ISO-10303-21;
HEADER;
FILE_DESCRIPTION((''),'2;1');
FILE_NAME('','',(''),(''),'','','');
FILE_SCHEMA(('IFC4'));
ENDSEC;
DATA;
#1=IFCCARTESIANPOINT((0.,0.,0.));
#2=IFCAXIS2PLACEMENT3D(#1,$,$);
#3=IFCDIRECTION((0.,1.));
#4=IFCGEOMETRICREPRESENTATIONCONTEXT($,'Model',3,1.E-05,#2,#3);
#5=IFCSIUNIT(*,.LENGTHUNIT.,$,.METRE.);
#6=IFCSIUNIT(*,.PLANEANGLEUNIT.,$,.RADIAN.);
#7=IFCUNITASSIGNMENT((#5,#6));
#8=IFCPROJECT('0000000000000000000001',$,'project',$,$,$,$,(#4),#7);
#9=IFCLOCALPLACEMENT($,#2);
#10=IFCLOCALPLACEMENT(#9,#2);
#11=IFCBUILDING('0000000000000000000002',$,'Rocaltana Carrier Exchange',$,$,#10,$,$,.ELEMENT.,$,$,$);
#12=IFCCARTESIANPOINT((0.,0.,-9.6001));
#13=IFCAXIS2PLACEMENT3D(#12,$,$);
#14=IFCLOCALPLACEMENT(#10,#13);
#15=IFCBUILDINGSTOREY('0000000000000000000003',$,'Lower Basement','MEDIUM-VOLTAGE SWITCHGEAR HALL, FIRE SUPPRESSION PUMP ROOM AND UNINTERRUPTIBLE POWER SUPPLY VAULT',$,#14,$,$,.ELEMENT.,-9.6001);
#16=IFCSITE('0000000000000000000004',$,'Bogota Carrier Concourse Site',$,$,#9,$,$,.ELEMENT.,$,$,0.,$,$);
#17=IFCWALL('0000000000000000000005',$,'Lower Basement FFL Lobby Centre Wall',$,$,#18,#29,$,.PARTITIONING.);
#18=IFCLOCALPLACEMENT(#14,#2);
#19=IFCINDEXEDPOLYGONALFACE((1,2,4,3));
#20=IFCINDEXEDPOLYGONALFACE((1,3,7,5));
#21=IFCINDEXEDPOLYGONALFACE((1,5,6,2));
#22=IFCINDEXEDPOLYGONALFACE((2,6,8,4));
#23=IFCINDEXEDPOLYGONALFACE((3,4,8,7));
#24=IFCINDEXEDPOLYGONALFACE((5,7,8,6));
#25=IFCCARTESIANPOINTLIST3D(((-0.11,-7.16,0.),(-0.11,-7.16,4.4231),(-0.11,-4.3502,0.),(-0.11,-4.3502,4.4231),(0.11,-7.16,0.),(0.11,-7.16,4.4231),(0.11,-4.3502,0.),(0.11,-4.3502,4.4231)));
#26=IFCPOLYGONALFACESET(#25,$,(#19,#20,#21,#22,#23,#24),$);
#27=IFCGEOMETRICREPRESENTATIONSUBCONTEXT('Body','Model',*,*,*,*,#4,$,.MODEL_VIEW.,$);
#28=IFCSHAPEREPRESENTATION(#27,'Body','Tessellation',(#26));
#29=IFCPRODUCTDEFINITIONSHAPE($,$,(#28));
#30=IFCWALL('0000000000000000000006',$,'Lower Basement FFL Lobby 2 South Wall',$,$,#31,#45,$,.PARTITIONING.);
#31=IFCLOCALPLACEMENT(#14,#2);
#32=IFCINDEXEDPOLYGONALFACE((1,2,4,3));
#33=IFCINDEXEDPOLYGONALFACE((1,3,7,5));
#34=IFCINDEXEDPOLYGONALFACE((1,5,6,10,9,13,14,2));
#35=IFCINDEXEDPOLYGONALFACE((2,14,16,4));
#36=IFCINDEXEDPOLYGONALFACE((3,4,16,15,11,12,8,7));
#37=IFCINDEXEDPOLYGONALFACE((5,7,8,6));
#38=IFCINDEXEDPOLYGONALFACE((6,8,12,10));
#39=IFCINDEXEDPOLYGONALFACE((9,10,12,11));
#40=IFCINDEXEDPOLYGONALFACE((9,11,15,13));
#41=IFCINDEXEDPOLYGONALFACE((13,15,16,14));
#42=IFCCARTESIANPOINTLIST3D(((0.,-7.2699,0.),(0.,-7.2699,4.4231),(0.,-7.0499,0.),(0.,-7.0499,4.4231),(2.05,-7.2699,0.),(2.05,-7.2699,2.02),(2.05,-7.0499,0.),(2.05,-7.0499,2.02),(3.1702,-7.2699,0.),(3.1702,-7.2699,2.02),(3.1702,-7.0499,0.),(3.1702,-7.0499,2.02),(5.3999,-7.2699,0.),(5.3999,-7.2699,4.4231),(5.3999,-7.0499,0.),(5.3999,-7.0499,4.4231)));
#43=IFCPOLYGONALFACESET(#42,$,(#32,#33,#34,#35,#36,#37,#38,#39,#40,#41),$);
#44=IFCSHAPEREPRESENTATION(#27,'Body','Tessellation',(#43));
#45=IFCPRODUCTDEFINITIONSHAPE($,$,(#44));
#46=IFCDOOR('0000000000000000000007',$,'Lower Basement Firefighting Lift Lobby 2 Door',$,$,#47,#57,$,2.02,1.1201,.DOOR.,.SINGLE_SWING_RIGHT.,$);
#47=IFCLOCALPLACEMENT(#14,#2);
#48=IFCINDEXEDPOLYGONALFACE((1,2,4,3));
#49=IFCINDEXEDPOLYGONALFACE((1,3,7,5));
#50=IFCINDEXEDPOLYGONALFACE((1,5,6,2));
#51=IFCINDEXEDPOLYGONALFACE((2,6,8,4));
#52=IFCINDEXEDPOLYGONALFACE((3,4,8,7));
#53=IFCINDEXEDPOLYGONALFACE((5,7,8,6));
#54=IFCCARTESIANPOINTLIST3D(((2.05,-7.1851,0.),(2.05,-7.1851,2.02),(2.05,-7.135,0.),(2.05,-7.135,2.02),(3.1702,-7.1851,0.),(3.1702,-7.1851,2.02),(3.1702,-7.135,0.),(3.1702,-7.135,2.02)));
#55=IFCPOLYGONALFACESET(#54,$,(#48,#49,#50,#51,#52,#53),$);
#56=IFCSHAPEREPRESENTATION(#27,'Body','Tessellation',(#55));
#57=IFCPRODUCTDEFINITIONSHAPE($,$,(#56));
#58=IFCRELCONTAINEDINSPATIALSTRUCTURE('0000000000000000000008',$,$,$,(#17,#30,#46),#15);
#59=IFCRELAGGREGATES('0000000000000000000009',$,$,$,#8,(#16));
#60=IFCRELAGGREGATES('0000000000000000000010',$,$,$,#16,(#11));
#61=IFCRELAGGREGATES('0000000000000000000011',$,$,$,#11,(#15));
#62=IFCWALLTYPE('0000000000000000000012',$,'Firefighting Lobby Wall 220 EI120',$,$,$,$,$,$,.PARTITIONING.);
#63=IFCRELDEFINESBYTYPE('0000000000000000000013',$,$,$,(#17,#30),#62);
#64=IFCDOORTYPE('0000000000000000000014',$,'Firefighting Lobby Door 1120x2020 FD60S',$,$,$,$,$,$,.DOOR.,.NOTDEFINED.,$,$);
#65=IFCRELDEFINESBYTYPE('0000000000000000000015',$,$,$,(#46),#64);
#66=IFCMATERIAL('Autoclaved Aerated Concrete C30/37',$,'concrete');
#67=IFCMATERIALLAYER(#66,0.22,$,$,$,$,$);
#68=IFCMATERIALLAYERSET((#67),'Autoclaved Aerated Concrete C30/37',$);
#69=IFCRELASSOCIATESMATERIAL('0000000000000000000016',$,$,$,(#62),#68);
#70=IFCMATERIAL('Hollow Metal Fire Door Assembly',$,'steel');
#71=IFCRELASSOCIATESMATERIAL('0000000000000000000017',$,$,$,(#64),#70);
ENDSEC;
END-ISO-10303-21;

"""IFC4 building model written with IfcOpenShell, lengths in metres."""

from ifc_helpers import new_model, si_unit, direction, frame, frame_2d, origin, place, context, subcontext, project, spatial, rectangle, extrude, material, layer, layer_set, type_object, element, fill, save


model = new_model("IFC4")

# Units and contexts
model_context = context("Model", 3, precision=1e-05, world=origin(), true_north=direction((0.0, 1.0)))
body_context = subcontext(model_context, "Body", "Model", "MODEL_VIEW")
ifc_project = project(units=[si_unit("LENGTHUNIT", "METRE"), si_unit("PLANEANGLEUNIT", "RADIAN")], contexts=[model_context])

# Site, building, storey
site_placement = place(None, origin())
site = spatial("IfcSite", under=ifc_project, at=site_placement, Name="Bogota Carrier Concourse Site", CompositionType="ELEMENT", RefElevation=0.0)
building_placement = place(site_placement, origin())
building = spatial("IfcBuilding", under=site, at=building_placement, Name="Rocaltana Carrier Exchange", CompositionType="ELEMENT")
storey_placement = place(building_placement, frame((0.0, 0.0, -9.6001)))
storey = spatial("IfcBuildingStorey", under=building, at=storey_placement, Name="Lower Basement", Description="MEDIUM-VOLTAGE SWITCHGEAR HALL, FIRE SUPPRESSION PUMP ROOM AND UNINTERRUPTIBLE POWER SUPPLY VAULT", CompositionType="ELEMENT", Elevation=-9.6001)

# Wall
ifc_material_1 = material(Name="Autoclaved Aerated Concrete C30/37", Category="concrete")
ifc_layer_1 = layer(ifc_material_1, 0.22)
ifc_layer_set_1 = layer_set([ifc_layer_1], Name="Autoclaved Aerated Concrete C30/37")
wall_type_1 = type_object("IfcWallType", Name="Firefighting Lobby Wall 220 EI120", PredefinedType="PARTITIONING", material=ifc_layer_set_1)
wall_1_placement = place(storey_placement, frame((0.0, -7.1599, 0.0), z_axis=(0.0, 0.0, 1.0), x_axis=(0.0, 1.0, 0.0)))
element("IfcWall", 1, at=wall_1_placement, inside=storey, type_object=wall_type_1, Name="Lower Basement FFL Lobby Centre Wall", PredefinedType="PARTITIONING", context=body_context, shape_type="SweptSolid", body=[
    extrude(rectangle(XDim=2.8098, YDim=0.22, at=frame_2d((1.4048, 0.0))), origin(), (0.0, 0.0, 1.0), 4.4231),
])

# Wall, opening, door
wall_2_placement = place(storey_placement, frame((0.0, -7.1599, 0.0), z_axis=(0.0, 0.0, 1.0), x_axis=(1.0, 0.0, 0.0)))
wall_2 = element("IfcWall", 2, at=wall_2_placement, inside=storey, type_object=wall_type_1, Name="Lower Basement FFL Lobby 2 South Wall", PredefinedType="PARTITIONING", context=body_context, shape_type="SweptSolid", body=[
    extrude(rectangle(XDim=5.3999, YDim=0.22, at=frame_2d((2.7, 0.0))), origin(), (0.0, 0.0, 1.0), 4.4231),
])
opening_1_placement = place(wall_2_placement, frame((2.05, 0.0, 0.0)))
opening_1 = element("IfcOpeningElement", 3, at=opening_1_placement, cuts=wall_2, PredefinedType="OPENING", context=body_context, shape_type="SweptSolid", body=[
    extrude(rectangle(XDim=1.1201, YDim=2.02, at=frame_2d((0.5601, 1.01))), frame((0.0, 0.1199, 0.0), z_axis=(0.0, -1.0, 0.0), x_axis=(1.0, 0.0, 0.0)), (0.0, 0.0, 1.0), 0.24),
])
ifc_material_2 = material(Name="Hollow Metal Fire Door Assembly", Category="steel")
door_type_1 = type_object("IfcDoorType", Name="Firefighting Lobby Door 1120x2020 FD60S", OperationType="NOTDEFINED", PredefinedType="DOOR", material=ifc_material_2)
door_1_placement = place(opening_1_placement, origin())
door_1 = element("IfcDoor", 4, at=door_1_placement, inside=storey, type_object=door_type_1, Name="Lower Basement Firefighting Lift Lobby 2 Door", OperationType="SINGLE_SWING_RIGHT", OverallHeight=2.02, OverallWidth=1.1201, PredefinedType="DOOR", context=body_context, shape_type="SweptSolid", body=[
    extrude(rectangle(XDim=1.1201, YDim=2.02, at=frame_2d((0.5601, 1.01))), frame((0.0, 0.0249, 0.0), z_axis=(0.0, -1.0, 0.0), x_axis=(1.0, 0.0, 0.0)), (0.0, 0.0, 1.0), 0.05),
])
fill(opening_1, door_1)

save(model, "model.ifc")
